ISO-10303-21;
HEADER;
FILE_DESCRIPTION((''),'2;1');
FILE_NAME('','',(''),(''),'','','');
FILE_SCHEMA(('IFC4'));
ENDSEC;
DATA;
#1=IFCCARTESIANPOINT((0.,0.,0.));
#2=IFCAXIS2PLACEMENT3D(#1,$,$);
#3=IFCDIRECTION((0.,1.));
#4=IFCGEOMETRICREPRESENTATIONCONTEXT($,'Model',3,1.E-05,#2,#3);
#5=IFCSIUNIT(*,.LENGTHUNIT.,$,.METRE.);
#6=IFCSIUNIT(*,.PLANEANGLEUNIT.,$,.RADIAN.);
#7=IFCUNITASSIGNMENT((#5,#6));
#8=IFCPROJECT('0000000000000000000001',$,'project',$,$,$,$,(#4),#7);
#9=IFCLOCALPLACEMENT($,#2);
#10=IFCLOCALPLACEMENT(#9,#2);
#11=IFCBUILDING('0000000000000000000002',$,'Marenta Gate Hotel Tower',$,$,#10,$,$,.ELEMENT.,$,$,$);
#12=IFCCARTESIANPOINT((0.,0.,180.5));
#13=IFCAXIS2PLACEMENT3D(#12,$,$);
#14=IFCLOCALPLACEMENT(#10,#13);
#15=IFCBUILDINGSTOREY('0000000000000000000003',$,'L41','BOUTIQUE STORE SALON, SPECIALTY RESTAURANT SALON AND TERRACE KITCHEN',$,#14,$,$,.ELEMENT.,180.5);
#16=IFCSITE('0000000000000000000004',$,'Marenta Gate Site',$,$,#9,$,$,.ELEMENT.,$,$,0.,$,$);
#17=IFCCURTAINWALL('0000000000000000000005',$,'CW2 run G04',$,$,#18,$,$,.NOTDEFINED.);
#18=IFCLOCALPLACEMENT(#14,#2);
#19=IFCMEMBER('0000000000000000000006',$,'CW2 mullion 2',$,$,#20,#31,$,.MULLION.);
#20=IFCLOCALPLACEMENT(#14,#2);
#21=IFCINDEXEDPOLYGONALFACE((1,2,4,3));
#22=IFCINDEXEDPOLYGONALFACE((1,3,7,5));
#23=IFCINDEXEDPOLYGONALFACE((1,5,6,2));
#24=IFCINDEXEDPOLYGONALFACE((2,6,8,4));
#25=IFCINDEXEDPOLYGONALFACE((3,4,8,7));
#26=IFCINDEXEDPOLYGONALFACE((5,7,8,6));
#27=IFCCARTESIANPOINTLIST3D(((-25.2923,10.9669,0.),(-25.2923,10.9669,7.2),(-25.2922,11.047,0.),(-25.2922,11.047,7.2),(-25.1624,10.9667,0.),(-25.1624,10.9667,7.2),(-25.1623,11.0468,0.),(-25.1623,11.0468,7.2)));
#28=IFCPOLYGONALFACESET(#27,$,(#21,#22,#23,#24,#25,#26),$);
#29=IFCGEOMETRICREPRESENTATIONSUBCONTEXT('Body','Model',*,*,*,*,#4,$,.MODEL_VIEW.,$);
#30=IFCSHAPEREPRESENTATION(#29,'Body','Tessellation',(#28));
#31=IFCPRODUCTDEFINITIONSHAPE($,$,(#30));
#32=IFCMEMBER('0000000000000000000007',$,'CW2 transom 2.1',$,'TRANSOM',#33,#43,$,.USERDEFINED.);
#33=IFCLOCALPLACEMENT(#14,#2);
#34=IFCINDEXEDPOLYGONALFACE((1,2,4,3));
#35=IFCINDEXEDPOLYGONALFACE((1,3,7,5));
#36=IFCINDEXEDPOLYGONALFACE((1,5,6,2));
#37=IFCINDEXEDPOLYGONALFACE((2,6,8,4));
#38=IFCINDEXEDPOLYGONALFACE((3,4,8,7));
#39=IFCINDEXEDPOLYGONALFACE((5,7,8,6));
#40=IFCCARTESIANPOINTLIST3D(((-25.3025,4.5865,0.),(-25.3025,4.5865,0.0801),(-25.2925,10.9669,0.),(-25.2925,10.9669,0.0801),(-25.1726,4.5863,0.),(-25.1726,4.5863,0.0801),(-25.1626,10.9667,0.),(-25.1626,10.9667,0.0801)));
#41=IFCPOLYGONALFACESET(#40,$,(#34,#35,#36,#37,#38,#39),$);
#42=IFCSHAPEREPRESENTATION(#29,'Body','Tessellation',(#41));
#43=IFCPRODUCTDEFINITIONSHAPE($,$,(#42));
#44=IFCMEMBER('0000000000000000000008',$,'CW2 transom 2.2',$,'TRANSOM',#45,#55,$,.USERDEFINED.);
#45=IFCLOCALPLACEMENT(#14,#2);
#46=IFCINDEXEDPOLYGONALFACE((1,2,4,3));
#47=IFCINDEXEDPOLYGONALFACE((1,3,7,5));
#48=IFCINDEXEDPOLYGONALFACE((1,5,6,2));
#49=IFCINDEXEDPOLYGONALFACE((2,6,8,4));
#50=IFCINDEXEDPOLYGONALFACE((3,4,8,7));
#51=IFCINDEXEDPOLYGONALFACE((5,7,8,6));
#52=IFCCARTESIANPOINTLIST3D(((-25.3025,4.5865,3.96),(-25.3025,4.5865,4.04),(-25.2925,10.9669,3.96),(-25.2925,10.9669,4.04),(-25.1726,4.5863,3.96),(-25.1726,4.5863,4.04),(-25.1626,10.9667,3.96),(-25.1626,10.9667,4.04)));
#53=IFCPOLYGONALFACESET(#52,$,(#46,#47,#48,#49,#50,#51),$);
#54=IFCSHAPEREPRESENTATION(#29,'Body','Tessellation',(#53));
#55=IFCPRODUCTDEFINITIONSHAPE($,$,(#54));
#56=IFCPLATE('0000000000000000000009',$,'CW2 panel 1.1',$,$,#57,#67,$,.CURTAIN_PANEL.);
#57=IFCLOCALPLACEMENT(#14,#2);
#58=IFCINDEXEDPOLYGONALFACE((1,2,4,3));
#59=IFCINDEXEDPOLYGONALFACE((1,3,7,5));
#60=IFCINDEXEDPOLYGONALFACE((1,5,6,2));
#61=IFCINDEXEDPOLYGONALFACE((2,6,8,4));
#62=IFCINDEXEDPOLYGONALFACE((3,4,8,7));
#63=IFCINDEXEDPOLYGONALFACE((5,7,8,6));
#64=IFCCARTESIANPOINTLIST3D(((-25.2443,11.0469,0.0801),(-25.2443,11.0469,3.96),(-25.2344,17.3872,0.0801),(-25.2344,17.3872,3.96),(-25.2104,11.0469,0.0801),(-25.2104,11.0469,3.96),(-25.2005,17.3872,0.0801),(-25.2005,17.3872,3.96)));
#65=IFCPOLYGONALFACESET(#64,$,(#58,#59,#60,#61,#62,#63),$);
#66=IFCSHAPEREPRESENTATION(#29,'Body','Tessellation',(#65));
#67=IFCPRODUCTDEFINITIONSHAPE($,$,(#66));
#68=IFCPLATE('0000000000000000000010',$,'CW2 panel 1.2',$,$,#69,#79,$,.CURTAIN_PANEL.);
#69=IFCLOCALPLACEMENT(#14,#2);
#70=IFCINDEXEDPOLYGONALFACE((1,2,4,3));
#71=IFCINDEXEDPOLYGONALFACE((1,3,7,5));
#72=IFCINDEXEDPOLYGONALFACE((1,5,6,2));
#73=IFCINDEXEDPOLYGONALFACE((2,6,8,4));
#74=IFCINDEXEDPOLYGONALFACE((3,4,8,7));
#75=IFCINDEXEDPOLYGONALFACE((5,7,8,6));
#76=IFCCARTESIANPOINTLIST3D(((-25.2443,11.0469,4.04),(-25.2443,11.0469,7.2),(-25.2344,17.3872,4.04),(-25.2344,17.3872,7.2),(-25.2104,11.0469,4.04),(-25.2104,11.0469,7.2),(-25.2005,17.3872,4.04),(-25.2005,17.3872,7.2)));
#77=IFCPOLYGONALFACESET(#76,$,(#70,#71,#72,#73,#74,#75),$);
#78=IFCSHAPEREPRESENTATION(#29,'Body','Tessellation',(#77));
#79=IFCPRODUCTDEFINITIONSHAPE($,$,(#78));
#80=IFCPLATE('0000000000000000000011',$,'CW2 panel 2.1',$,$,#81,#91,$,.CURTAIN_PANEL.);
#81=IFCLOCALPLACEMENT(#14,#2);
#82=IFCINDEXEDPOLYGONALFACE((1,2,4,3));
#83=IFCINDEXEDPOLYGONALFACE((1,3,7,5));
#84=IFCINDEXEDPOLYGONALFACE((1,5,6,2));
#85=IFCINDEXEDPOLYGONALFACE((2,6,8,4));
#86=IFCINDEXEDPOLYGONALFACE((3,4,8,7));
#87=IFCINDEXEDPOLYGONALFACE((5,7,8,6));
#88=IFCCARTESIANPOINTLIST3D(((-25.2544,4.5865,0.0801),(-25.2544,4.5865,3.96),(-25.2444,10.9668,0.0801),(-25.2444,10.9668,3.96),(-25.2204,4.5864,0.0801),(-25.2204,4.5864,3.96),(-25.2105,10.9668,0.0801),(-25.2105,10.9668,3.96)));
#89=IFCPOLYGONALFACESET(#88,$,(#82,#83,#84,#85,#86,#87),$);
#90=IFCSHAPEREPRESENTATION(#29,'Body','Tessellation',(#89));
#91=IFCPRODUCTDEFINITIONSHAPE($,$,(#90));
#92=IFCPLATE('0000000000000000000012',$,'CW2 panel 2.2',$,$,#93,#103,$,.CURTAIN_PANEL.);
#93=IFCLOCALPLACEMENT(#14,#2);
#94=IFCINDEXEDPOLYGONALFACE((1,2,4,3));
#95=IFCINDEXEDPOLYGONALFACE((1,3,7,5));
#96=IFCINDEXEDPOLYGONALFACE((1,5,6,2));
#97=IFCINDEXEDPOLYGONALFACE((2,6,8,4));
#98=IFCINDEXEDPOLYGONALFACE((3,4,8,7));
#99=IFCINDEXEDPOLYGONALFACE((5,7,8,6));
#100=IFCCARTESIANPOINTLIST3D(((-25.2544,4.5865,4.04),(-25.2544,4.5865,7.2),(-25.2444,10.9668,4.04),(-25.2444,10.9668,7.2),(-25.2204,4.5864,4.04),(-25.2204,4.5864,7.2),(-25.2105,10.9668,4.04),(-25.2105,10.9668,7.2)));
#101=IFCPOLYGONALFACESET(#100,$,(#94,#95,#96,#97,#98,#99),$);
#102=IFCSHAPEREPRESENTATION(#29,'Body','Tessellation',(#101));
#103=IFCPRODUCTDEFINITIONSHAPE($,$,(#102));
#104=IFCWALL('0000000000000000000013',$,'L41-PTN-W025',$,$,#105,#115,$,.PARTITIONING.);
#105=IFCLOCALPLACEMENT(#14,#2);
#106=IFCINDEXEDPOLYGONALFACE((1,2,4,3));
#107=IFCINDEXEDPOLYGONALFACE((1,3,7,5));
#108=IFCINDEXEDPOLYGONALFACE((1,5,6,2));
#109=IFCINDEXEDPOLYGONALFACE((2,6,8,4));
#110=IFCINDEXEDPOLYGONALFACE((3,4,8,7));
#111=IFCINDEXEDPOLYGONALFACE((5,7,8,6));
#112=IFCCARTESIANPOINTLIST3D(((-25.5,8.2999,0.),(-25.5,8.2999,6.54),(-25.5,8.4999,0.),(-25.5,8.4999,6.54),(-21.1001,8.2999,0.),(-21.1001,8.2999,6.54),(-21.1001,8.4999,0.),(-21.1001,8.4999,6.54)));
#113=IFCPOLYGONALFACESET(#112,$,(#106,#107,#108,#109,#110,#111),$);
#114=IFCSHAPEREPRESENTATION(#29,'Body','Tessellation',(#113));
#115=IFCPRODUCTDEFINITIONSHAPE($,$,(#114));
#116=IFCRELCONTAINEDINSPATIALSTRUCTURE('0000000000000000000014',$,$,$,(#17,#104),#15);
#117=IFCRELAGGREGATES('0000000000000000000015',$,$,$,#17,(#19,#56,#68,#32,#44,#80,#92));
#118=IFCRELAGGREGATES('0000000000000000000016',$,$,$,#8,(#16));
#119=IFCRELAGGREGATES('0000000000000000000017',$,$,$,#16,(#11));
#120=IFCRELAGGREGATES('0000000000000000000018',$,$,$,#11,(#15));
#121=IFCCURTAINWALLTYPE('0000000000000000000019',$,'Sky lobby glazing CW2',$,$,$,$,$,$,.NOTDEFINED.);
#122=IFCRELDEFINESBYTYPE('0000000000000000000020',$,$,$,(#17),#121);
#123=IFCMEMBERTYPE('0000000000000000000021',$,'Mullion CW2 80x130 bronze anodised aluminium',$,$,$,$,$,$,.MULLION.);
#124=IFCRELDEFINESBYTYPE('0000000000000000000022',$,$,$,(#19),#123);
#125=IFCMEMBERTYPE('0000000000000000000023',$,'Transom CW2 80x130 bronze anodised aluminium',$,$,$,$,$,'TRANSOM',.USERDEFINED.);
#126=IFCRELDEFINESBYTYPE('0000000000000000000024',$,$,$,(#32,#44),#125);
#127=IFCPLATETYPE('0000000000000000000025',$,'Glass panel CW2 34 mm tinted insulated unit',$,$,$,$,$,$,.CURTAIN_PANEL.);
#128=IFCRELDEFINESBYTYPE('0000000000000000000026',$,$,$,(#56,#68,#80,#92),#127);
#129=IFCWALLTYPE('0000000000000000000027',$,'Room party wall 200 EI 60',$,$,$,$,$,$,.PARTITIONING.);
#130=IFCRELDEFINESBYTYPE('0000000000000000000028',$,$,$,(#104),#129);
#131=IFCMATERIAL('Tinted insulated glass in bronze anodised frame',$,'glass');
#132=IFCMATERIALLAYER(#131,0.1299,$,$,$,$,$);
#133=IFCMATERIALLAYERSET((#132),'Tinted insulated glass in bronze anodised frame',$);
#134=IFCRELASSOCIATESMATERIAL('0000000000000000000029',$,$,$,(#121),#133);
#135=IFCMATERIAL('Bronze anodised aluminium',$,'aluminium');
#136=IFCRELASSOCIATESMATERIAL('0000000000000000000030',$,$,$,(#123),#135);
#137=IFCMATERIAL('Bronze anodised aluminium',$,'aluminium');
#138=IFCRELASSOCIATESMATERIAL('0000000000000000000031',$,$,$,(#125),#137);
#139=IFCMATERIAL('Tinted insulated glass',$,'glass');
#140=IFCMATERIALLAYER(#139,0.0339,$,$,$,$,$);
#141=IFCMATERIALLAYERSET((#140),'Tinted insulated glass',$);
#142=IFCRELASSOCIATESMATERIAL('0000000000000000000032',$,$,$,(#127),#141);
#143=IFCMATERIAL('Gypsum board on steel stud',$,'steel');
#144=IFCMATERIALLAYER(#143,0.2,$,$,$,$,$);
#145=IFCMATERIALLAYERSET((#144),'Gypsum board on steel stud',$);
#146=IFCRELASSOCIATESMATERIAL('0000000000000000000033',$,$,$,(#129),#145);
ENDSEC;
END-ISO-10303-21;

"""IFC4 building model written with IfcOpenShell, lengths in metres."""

from ifc_helpers import new_model, si_unit, direction, frame, frame_2d, origin, origin_2d, place, context, subcontext, project, spatial, rectangle, extrude, material, layer, layer_set, material_profile, profile_set, type_object, element, aggregate, save


model = new_model("IFC4")

# Units and contexts
model_context = context("Model", 3, precision=1e-05, world=origin(), true_north=direction((0.0, 1.0)))
body_context = subcontext(model_context, "Body", "Model", "MODEL_VIEW")
ifc_project = project(units=[si_unit("LENGTHUNIT", "METRE"), si_unit("PLANEANGLEUNIT", "RADIAN")], contexts=[model_context])

# Site, building, storey
site_placement = place(None, origin())
site = spatial("IfcSite", under=ifc_project, at=site_placement, Name="Marenta Gate Site", CompositionType="ELEMENT", RefElevation=0.0)
building_placement = place(site_placement, origin())
building = spatial("IfcBuilding", under=site, at=building_placement, Name="Marenta Gate Hotel Tower", CompositionType="ELEMENT")
storey_placement = place(building_placement, frame((0.0, 0.0, 180.5)))
storey = spatial("IfcBuildingStorey", under=building, at=storey_placement, Name="L41", Description="BOUTIQUE STORE SALON, SPECIALTY RESTAURANT SALON AND TERRACE KITCHEN", CompositionType="ELEMENT", Elevation=180.5)

# Curtain wall, members, plates
ifc_material_1 = material(Name="Tinted insulated glass in bronze anodised frame", Category="glass")
ifc_layer_1 = layer(ifc_material_1, 0.1299)
ifc_layer_set_1 = layer_set([ifc_layer_1], Name="Tinted insulated glass in bronze anodised frame")
curtain_wall_type = type_object("IfcCurtainWallType", Name="Sky lobby glazing CW2", PredefinedType="NOTDEFINED", material=ifc_layer_set_1)
curtain_wall_placement = place(storey_placement, origin())
curtain_wall = element("IfcCurtainWall", 1, at=curtain_wall_placement, inside=storey, type_object=curtain_wall_type, Name="CW2 run G04", PredefinedType="NOTDEFINED")
ifc_material_2 = material(Name="Bronze anodised aluminium", Category="aluminium")
ifc_material_profile_1 = material_profile(ifc_material_2, rectangle(XDim=0.1299, YDim=0.0801, at=origin_2d()), Name="Mullion CW2 80x130 bronze anodised aluminium")
ifc_profile_set_1 = profile_set([ifc_material_profile_1], Name="Bronze anodised aluminium")
member_type_1 = type_object("IfcMemberType", Name="Mullion CW2 80x130 bronze anodised aluminium", PredefinedType="MULLION", material=ifc_profile_set_1)
member_1_placement = place(storey_placement, frame((-25.2273, 11.0068, 0.0), z_axis=(0.0, 0.0, 1.0), x_axis=(0.999999, -0.001566, 0.0)))
member_1 = element("IfcMember", 2, at=member_1_placement, type_object=member_type_1, Name="CW2 mullion 2", PredefinedType="MULLION", context=body_context, shape_type="SweptSolid", body=[
    extrude(rectangle(XDim=0.1299, YDim=0.0801, at=origin_2d()), origin(), (0.0, 0.0, 1.0), 7.2),
])
ifc_material_3 = material(Name="Bronze anodised aluminium", Category="aluminium")
ifc_material_profile_2 = material_profile(ifc_material_3, rectangle(XDim=0.1299, YDim=0.0801, at=origin_2d()), Name="Transom CW2 80x130 bronze anodised aluminium")
ifc_profile_set_2 = profile_set([ifc_material_profile_2], Name="Bronze anodised aluminium")
member_type_2 = type_object("IfcMemberType", Name="Transom CW2 80x130 bronze anodised aluminium", ElementType="TRANSOM", PredefinedType="USERDEFINED", material=ifc_profile_set_2)
member_2_placement = place(storey_placement, frame((-25.2275, 10.9668, 0.04), z_axis=(-0.001569, -0.999999, 0.0), x_axis=(0.999999, -0.001569, 0.0)))
member_2 = element("IfcMember", 3, at=member_2_placement, type_object=member_type_2, Name="CW2 transom 2.1", ObjectType="TRANSOM", PredefinedType="USERDEFINED", context=body_context, shape_type="SweptSolid", body=[
    extrude(rectangle(XDim=0.1299, YDim=0.0801, at=origin_2d()), origin(), (0.0, 0.0, 1.0), 6.3804),
])
member_3_placement = place(storey_placement, frame((-25.2275, 10.9668, 4.0), z_axis=(-0.001569, -0.999999, 0.0), x_axis=(0.999999, -0.001569, 0.0)))
member_3 = element("IfcMember", 4, at=member_3_placement, type_object=member_type_2, Name="CW2 transom 2.2", ObjectType="TRANSOM", PredefinedType="USERDEFINED", context=body_context, shape_type="SweptSolid", body=[
    extrude(rectangle(XDim=0.1299, YDim=0.0801, at=origin_2d()), origin(), (0.0, 0.0, 1.0), 6.3804),
])
ifc_material_4 = material(Name="Tinted insulated glass", Category="glass")
ifc_layer_2 = layer(ifc_material_4, 0.0339)
ifc_layer_set_2 = layer_set([ifc_layer_2], Name="Tinted insulated glass")
plate_type = type_object("IfcPlateType", Name="Glass panel CW2 34 mm tinted insulated unit", PredefinedType="CURTAIN_PANEL", material=ifc_layer_set_2)
plate_1_placement = place(storey_placement, frame((-25.2224, 14.217, 0.0801), z_axis=(0.0, 0.0, 1.0), x_axis=(-0.001566, -0.999999, 0.0)))
plate_1 = element("IfcPlate", 5, at=plate_1_placement, type_object=plate_type, Name="CW2 panel 1.1", PredefinedType="CURTAIN_PANEL", context=body_context, shape_type="SweptSolid", body=[
    extrude(rectangle(XDim=6.3403, YDim=0.0339, at=origin_2d()), origin(), (0.0, 0.0, 1.0), 3.8799),
])
plate_2_placement = place(storey_placement, frame((-25.2224, 14.217, 4.04), z_axis=(0.0, 0.0, 1.0), x_axis=(-0.001566, -0.999999, 0.0)))
plate_2 = element("IfcPlate", 6, at=plate_2_placement, type_object=plate_type, Name="CW2 panel 1.2", PredefinedType="CURTAIN_PANEL", context=body_context, shape_type="SweptSolid", body=[
    extrude(rectangle(XDim=6.3403, YDim=0.0339, at=origin_2d()), origin(), (0.0, 0.0, 1.0), 3.1599),
])
plate_3_placement = place(storey_placement, frame((-25.2324, 7.7766, 0.0801), z_axis=(0.0, 0.0, 1.0), x_axis=(-0.001566, -0.999999, 0.0)))
plate_3 = element("IfcPlate", 7, at=plate_3_placement, type_object=plate_type, Name="CW2 panel 2.1", PredefinedType="CURTAIN_PANEL", context=body_context, shape_type="SweptSolid", body=[
    extrude(rectangle(XDim=6.3804, YDim=0.0339, at=origin_2d()), origin(), (0.0, 0.0, 1.0), 3.8799),
])
plate_4_placement = place(storey_placement, frame((-25.2324, 7.7766, 4.04), z_axis=(0.0, 0.0, 1.0), x_axis=(-0.001566, -0.999999, 0.0)))
plate_4 = element("IfcPlate", 8, at=plate_4_placement, type_object=plate_type, Name="CW2 panel 2.2", PredefinedType="CURTAIN_PANEL", context=body_context, shape_type="SweptSolid", body=[
    extrude(rectangle(XDim=6.3804, YDim=0.0339, at=origin_2d()), origin(), (0.0, 0.0, 1.0), 3.1599),
])
aggregate(curtain_wall, [member_1, plate_1, plate_2, member_2, member_3, plate_3, plate_4])

# Wall
ifc_material_5 = material(Name="Gypsum board on steel stud", Category="steel")
ifc_layer_3 = layer(ifc_material_5, 0.2)
ifc_layer_set_3 = layer_set([ifc_layer_3], Name="Gypsum board on steel stud")
wall_type = type_object("IfcWallType", Name="Room party wall 200 EI 60", PredefinedType="PARTITIONING", material=ifc_layer_set_3)
wall_placement = place(storey_placement, frame((-25.5, 8.3999, 0.0), z_axis=(0.0, 0.0, 1.0), x_axis=(1.0, 0.0, 0.0)))
element("IfcWall", 9, at=wall_placement, inside=storey, type_object=wall_type, Name="L41-PTN-W025", PredefinedType="PARTITIONING", context=body_context, shape_type="SweptSolid", body=[
    extrude(rectangle(XDim=4.3999, YDim=0.2, at=frame_2d((2.2, 0.0))), origin(), (0.0, 0.0, 1.0), 6.54),
])

save(model, "model.ifc")
